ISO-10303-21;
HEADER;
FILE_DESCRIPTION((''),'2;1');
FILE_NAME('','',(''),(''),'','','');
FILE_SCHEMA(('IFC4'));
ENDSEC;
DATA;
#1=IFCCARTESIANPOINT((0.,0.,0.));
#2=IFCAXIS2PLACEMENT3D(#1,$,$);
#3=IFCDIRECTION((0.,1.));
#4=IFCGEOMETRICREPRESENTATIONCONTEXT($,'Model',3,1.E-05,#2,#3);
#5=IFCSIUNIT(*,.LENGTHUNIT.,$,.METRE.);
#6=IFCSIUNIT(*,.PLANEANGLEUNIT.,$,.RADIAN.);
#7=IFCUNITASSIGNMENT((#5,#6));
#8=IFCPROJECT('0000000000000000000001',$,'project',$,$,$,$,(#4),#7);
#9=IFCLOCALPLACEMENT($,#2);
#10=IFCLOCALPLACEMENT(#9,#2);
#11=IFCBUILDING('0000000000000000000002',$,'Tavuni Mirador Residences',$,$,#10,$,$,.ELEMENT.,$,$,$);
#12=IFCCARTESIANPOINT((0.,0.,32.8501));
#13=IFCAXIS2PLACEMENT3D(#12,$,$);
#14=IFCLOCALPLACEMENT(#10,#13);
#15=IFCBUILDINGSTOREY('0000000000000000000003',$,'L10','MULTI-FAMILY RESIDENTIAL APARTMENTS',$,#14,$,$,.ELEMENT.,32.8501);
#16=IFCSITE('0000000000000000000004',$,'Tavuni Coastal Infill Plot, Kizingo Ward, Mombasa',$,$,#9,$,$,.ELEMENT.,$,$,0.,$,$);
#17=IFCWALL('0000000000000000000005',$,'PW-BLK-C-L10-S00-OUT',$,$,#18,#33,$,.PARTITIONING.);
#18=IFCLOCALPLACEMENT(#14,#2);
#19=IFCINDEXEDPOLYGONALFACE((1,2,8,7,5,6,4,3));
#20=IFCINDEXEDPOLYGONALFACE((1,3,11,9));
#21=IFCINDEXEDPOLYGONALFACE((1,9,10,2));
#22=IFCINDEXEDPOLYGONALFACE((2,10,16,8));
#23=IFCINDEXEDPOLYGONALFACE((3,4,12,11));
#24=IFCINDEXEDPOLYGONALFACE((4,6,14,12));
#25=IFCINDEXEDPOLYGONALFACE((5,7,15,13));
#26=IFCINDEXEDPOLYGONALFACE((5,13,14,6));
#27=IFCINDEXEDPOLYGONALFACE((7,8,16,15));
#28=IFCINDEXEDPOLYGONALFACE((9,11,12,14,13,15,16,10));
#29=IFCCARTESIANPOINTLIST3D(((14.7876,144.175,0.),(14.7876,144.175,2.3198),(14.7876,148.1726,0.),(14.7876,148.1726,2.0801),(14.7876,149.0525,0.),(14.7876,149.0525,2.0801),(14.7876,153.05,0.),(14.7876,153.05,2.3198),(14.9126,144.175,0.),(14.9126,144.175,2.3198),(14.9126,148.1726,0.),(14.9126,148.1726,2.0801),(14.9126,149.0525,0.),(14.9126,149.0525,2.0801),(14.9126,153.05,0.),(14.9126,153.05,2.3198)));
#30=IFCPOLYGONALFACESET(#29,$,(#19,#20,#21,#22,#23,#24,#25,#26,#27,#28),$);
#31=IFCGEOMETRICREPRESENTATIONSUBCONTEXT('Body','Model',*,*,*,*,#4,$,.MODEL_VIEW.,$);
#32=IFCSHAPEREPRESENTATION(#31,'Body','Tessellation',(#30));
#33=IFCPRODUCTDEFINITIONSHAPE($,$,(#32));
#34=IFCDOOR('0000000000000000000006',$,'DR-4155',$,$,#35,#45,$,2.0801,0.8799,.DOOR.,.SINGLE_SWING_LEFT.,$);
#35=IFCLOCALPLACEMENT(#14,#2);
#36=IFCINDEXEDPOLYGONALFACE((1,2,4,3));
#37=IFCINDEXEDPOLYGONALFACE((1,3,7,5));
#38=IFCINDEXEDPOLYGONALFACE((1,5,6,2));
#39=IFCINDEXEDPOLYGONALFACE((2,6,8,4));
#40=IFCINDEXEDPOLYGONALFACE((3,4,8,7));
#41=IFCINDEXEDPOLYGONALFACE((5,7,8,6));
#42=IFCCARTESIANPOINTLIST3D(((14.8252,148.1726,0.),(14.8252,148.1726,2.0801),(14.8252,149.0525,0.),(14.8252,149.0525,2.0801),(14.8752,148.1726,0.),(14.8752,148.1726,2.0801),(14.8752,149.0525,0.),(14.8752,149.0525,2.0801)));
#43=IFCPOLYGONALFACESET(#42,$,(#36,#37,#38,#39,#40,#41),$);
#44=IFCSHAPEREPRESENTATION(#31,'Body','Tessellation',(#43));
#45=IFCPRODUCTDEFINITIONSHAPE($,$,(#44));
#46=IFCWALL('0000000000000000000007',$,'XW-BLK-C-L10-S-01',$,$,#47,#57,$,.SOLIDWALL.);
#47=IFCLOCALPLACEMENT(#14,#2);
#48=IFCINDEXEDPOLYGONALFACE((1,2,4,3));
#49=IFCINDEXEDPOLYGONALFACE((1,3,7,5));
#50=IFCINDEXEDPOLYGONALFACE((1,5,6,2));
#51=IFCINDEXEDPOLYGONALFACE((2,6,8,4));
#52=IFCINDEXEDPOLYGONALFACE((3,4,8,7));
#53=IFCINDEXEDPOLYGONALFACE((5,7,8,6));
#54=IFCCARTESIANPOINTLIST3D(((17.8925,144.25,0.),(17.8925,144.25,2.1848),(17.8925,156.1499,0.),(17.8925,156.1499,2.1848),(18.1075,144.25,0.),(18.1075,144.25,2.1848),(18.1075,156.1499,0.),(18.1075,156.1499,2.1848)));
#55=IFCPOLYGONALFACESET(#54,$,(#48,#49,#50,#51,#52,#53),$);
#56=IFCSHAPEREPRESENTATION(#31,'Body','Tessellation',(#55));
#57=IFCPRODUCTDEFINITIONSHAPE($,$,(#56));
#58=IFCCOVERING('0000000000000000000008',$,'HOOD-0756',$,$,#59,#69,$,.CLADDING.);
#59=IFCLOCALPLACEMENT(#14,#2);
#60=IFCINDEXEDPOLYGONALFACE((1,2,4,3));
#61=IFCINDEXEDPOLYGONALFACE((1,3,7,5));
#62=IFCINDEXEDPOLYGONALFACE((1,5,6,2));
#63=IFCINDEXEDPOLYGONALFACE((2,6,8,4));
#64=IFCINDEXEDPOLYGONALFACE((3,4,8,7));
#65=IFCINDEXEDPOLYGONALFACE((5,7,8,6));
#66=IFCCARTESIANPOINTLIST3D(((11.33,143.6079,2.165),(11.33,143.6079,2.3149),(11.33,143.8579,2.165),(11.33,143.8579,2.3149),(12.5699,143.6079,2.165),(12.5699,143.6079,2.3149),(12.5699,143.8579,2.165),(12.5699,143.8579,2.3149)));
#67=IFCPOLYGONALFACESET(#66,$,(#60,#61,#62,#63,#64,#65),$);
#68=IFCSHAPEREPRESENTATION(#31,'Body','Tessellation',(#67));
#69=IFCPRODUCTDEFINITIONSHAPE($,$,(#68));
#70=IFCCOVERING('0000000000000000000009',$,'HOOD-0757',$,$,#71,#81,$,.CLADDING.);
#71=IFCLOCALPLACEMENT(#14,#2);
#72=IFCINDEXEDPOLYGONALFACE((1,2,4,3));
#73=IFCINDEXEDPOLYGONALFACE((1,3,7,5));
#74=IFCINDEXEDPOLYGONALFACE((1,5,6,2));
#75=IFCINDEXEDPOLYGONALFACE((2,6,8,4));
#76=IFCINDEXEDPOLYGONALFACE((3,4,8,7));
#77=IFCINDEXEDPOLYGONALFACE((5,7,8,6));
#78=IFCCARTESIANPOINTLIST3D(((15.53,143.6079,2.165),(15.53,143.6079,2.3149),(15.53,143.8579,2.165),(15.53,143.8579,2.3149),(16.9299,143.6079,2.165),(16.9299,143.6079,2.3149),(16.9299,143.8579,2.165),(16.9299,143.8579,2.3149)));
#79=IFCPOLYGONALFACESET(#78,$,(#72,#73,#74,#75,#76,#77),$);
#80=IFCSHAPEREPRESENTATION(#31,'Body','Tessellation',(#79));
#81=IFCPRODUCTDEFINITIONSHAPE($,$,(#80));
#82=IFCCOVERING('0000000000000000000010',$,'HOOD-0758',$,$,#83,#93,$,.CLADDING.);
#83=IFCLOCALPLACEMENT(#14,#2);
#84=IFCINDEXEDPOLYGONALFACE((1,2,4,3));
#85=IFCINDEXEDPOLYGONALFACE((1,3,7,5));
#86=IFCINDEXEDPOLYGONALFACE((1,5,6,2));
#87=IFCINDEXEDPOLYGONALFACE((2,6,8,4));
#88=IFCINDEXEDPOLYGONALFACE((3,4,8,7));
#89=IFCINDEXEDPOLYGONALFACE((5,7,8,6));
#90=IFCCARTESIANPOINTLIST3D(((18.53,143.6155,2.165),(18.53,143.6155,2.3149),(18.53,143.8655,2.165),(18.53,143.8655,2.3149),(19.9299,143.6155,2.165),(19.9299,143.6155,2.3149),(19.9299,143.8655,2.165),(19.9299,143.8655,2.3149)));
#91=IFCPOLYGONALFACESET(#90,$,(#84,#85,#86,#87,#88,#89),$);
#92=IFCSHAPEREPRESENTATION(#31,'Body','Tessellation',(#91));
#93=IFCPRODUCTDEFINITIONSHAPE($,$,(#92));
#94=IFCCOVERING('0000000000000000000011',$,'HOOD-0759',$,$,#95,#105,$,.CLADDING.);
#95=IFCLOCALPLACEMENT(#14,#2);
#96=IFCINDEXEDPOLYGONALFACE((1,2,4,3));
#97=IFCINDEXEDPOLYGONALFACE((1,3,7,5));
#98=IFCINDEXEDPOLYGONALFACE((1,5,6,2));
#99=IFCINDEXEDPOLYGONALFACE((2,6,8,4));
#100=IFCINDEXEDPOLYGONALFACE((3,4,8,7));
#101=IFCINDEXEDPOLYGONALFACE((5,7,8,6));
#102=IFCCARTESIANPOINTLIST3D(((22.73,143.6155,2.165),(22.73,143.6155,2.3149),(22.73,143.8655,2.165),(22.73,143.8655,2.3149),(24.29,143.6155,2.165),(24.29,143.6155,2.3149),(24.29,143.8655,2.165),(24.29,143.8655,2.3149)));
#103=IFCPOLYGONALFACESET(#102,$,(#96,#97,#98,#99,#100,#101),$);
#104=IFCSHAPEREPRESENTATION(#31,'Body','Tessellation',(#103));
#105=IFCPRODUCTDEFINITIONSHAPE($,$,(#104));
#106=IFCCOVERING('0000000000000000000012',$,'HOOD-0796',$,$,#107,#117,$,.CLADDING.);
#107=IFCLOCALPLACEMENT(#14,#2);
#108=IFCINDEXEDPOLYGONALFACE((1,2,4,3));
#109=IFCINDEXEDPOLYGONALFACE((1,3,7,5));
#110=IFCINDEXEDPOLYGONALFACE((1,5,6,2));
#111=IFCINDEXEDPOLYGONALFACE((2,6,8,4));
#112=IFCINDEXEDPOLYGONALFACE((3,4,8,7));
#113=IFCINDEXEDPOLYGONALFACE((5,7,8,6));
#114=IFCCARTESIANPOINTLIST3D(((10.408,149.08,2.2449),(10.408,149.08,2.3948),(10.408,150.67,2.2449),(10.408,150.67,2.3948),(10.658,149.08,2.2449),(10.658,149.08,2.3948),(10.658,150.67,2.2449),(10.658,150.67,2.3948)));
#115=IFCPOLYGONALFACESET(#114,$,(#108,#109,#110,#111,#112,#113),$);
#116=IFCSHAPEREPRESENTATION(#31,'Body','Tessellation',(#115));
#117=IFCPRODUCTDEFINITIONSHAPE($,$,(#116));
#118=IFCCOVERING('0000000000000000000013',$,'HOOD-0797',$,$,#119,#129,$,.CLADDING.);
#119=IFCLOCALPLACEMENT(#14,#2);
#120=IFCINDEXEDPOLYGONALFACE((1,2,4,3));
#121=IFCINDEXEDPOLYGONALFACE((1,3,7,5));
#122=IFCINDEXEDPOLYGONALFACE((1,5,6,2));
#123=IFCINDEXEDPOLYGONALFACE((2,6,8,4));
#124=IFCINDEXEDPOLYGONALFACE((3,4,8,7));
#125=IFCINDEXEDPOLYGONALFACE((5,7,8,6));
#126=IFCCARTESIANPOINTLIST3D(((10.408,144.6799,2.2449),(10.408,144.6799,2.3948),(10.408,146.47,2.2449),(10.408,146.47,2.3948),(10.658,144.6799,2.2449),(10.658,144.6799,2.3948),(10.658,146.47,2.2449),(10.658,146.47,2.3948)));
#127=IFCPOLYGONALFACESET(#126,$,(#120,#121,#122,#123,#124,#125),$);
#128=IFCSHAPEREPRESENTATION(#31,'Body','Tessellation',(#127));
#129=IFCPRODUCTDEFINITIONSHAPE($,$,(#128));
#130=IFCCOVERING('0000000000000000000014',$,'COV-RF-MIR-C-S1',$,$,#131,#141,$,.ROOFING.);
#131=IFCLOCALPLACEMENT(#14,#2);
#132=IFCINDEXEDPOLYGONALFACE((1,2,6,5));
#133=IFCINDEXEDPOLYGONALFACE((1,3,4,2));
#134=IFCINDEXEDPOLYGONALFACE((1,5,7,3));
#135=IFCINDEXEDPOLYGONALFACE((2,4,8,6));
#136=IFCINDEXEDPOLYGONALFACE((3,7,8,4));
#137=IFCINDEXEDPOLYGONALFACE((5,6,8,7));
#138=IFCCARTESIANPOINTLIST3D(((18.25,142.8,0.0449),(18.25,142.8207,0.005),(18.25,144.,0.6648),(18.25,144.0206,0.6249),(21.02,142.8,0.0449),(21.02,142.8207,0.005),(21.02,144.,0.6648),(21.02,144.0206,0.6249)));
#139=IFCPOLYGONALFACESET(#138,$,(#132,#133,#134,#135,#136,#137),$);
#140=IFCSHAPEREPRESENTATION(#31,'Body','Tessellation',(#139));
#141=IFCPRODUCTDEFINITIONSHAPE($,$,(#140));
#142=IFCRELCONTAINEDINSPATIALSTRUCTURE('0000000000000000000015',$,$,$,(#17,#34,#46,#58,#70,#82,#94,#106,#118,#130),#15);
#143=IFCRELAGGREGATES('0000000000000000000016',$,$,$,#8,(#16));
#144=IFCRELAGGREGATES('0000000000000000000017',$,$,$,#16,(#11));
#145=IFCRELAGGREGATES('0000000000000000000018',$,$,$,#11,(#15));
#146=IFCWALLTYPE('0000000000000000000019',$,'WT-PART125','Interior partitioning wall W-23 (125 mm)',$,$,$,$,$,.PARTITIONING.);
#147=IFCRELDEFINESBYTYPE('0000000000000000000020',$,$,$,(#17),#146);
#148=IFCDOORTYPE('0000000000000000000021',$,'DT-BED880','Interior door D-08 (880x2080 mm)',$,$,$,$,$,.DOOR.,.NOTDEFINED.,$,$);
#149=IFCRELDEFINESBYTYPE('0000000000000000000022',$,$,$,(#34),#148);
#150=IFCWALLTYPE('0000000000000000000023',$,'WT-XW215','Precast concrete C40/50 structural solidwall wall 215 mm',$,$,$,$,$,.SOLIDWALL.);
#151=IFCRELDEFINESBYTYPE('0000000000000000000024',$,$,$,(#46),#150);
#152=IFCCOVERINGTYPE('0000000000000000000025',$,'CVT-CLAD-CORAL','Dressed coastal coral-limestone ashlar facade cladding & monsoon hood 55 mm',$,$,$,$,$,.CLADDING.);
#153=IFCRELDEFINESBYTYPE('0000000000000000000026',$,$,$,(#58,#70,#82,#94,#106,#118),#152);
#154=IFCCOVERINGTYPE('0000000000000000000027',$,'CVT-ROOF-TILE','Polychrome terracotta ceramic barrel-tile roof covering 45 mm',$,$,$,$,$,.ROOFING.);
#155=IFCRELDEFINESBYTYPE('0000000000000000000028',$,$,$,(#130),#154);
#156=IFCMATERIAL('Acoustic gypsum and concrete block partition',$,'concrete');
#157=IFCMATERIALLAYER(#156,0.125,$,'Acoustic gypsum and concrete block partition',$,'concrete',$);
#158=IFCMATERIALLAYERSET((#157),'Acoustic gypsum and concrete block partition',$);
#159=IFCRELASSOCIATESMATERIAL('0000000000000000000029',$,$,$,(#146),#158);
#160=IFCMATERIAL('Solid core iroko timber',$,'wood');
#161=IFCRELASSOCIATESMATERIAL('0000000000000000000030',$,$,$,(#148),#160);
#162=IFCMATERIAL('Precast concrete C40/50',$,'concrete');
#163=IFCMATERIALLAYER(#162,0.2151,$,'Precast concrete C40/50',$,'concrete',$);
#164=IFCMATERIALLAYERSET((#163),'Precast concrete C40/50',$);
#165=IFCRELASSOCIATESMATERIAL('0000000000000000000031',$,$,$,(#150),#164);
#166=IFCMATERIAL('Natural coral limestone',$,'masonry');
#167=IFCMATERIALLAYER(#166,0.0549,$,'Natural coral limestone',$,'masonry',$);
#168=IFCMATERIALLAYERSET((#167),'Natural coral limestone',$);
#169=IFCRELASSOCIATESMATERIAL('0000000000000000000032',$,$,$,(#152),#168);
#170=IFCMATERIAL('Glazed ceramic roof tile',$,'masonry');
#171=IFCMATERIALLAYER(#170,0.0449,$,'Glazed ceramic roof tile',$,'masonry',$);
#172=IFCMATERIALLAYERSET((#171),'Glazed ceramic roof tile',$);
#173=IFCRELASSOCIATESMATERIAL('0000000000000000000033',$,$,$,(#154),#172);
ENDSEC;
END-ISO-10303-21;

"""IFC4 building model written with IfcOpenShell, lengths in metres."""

from ifc_helpers import new_model, si_unit, direction, frame, frame_2d, origin, origin_2d, place, context, subcontext, project, spatial, polyline, rectangle, outline, extrude, material, layer, layer_set, type_object, element, fill, save


model = new_model("IFC4")

# Units and contexts
model_context = context("Model", 3, precision=1e-05, world=origin(), true_north=direction((0.0, 1.0)))
body_context = subcontext(model_context, "Body", "Model", "MODEL_VIEW")
ifc_project = project(units=[si_unit("LENGTHUNIT", "METRE"), si_unit("PLANEANGLEUNIT", "RADIAN")], contexts=[model_context])

# Site, building, storey
site_placement = place(None, origin())
site = spatial("IfcSite", under=ifc_project, at=site_placement, Name="Tavuni Coastal Infill Plot, Kizingo Ward, Mombasa", CompositionType="ELEMENT", RefElevation=0.0)
building_placement = place(site_placement, origin())
building = spatial("IfcBuilding", under=site, at=building_placement, Name="Tavuni Mirador Residences", CompositionType="ELEMENT")
storey_placement = place(building_placement, frame((0.0, 0.0, 32.8501)))
storey = spatial("IfcBuildingStorey", under=building, at=storey_placement, Name="L10", Description="MULTI-FAMILY RESIDENTIAL APARTMENTS", CompositionType="ELEMENT", Elevation=32.8501)

# Shared definitions
ifc_material_1 = material(Name="Precast concrete C40/50", Category="concrete")

# Wall, opening, door
ifc_material_2 = material(Name="Acoustic gypsum and concrete block partition", Category="concrete")
ifc_material_3 = material(Name="Solid core iroko timber", Category="wood")
ifc_layer_1 = layer(ifc_material_2, 0.125, Name="Acoustic gypsum and concrete block partition", Category="concrete")
ifc_layer_set_1 = layer_set([ifc_layer_1], Name="Acoustic gypsum and concrete block partition")
wall_type_1 = type_object("IfcWallType", Name="WT-PART125", Description="Interior partitioning wall W-23 (125 mm)", PredefinedType="PARTITIONING", material=ifc_layer_set_1)
wall_1_placement = place(storey_placement, frame((14.8501, 144.175, 0.0), z_axis=(0.0, 0.0, 1.0), x_axis=(0.0, 1.0, 0.0)))
wall_1 = element("IfcWall", 1, at=wall_1_placement, inside=storey, type_object=wall_type_1, Name="PW-BLK-C-L10-S00-OUT", PredefinedType="PARTITIONING", context=body_context, shape_type="SweptSolid", body=[
    extrude(rectangle(XDim=8.875, YDim=0.125, at=frame_2d((4.4375, 0.0))), origin(), (0.0, 0.0, 1.0), 2.3198),
])
opening_1_placement = place(wall_1_placement, frame((3.9976, 0.0, 0.0)))
opening_1 = element("IfcOpeningElement", 2, at=opening_1_placement, cuts=wall_1, PredefinedType="OPENING", context=body_context, shape_type="SweptSolid", body=[
    extrude(rectangle(XDim=0.8799, YDim=2.0801, at=frame_2d((0.4399, 1.04))), frame((0.0, 0.0725, 0.0), z_axis=(0.0, -1.0, 0.0), x_axis=(1.0, 0.0, 0.0)), (0.0, 0.0, 1.0), 0.145),
])
door_type_1 = type_object("IfcDoorType", Name="DT-BED880", Description="Interior door D-08 (880x2080 mm)", OperationType="NOTDEFINED", PredefinedType="DOOR", material=ifc_material_3)
door_1_placement = place(opening_1_placement, origin())
door_1 = element("IfcDoor", 3, at=door_1_placement, inside=storey, type_object=door_type_1, Name="DR-4155", OperationType="SINGLE_SWING_LEFT", OverallHeight=2.0801, OverallWidth=0.8799, PredefinedType="DOOR", context=body_context, shape_type="SweptSolid", body=[
    extrude(rectangle(XDim=0.8799, YDim=2.0801, at=frame_2d((0.4399, 1.04))), frame((0.0, 0.0249, 0.0), z_axis=(0.0, -1.0, 0.0), x_axis=(1.0, 0.0, 0.0)), (0.0, 0.0, 1.0), 0.05),
])
fill(opening_1, door_1)

# Wall
ifc_layer_2 = layer(ifc_material_1, 0.2151, Name="Precast concrete C40/50", Category="concrete")
ifc_layer_set_2 = layer_set([ifc_layer_2], Name="Precast concrete C40/50")
wall_type_2 = type_object("IfcWallType", Name="WT-XW215", Description="Precast concrete C40/50 structural solidwall wall 215 mm", PredefinedType="SOLIDWALL", material=ifc_layer_set_2)
wall_2_placement = place(storey_placement, frame((18.0, 144.25, 0.0), z_axis=(0.0, 0.0, 1.0), x_axis=(0.0, 1.0, 0.0)))
element("IfcWall", 4, at=wall_2_placement, inside=storey, type_object=wall_type_2, Name="XW-BLK-C-L10-S-01", PredefinedType="SOLIDWALL", context=body_context, shape_type="SweptSolid", body=[
    extrude(rectangle(XDim=11.8999, YDim=0.2151, at=frame_2d((5.95, 0.0))), origin(), (0.0, 0.0, 1.0), 2.1848),
])

# Coverings
ifc_material_4 = material(Name="Natural coral limestone", Category="masonry")
ifc_layer_3 = layer(ifc_material_4, 0.0549, Name="Natural coral limestone", Category="masonry")
ifc_layer_set_3 = layer_set([ifc_layer_3], Name="Natural coral limestone")
covering_type_1 = type_object("IfcCoveringType", Name="CVT-CLAD-CORAL", Description="Dressed coastal coral-limestone ashlar facade cladding & monsoon hood 55 mm", PredefinedType="CLADDING", material=ifc_layer_set_3)
covering_1_placement = place(storey_placement, frame((11.95, 143.7329, 2.165), z_axis=(0.0, 0.0, 1.0), x_axis=(1.0, 0.0, 0.0)))
element("IfcCovering", 5, at=covering_1_placement, inside=storey, type_object=covering_type_1, Name="HOOD-0756", PredefinedType="CLADDING", context=body_context, shape_type="SweptSolid", body=[
    extrude(rectangle(XDim=1.24, YDim=0.25, at=origin_2d()), origin(), (0.0, 0.0, 1.0), 0.1499),
])
for number, where, z_axis, x_axis, name in (
    (6, (16.23, 143.7329, 2.165), (0.0, 0.0, 1.0), (1.0, 0.0, 0.0), "HOOD-0757"),
    (7, (19.23, 143.7405, 2.165), (0.0, 0.0, 1.0), (1.0, 0.0, 0.0), "HOOD-0758"),
):
    element("IfcCovering", number, at=place(storey_placement, frame(where, z_axis=z_axis, x_axis=x_axis)), inside=storey, type_object=covering_type_1, Name=name, PredefinedType="CLADDING", context=body_context, shape_type="SweptSolid", body=[
        extrude(rectangle(XDim=1.3999, YDim=0.25, at=origin_2d()), origin(), (0.0, 0.0, 1.0), 0.1499),
    ])
covering_2_placement = place(storey_placement, frame((23.51, 143.7405, 2.165), z_axis=(0.0, 0.0, 1.0), x_axis=(1.0, 0.0, 0.0)))
element("IfcCovering", 8, at=covering_2_placement, inside=storey, type_object=covering_type_1, Name="HOOD-0759", PredefinedType="CLADDING", context=body_context, shape_type="SweptSolid", body=[
    extrude(rectangle(XDim=1.5601, YDim=0.25, at=origin_2d()), origin(), (0.0, 0.0, 1.0), 0.1499),
])
covering_3_placement = place(storey_placement, frame((10.533, 149.875, 2.2449), z_axis=(0.0, 0.0, 1.0), x_axis=(0.0, -1.0, 0.0)))
element("IfcCovering", 9, at=covering_3_placement, inside=storey, type_object=covering_type_1, Name="HOOD-0796", PredefinedType="CLADDING", context=body_context, shape_type="SweptSolid", body=[
    extrude(rectangle(XDim=1.5901, YDim=0.25, at=origin_2d()), origin(), (0.0, 0.0, 1.0), 0.1499),
])
covering_4_placement = place(storey_placement, frame((10.533, 145.575, 2.2449), z_axis=(0.0, 0.0, 1.0), x_axis=(0.0, -1.0, 0.0)))
element("IfcCovering", 10, at=covering_4_placement, inside=storey, type_object=covering_type_1, Name="HOOD-0797", PredefinedType="CLADDING", context=body_context, shape_type="SweptSolid", body=[
    extrude(rectangle(XDim=1.79, YDim=0.25, at=origin_2d()), origin(), (0.0, 0.0, 1.0), 0.1499),
])
ifc_material_5 = material(Name="Glazed ceramic roof tile", Category="masonry")
ifc_layer_4 = layer(ifc_material_5, 0.0449, Name="Glazed ceramic roof tile", Category="masonry")
ifc_layer_set_4 = layer_set([ifc_layer_4], Name="Glazed ceramic roof tile")
covering_type_2 = type_object("IfcCoveringType", Name="CVT-ROOF-TILE", Description="Polychrome terracotta ceramic barrel-tile roof covering 45 mm", PredefinedType="ROOFING", material=ifc_layer_set_4)
covering_5_placement = place(storey_placement, frame((18.25, 144.0, 0.6648), z_axis=(0.0, -0.458961, 0.888457), x_axis=(1.0, 0.0, 0.0)))
element("IfcCovering", 11, at=covering_5_placement, inside=storey, type_object=covering_type_2, Name="COV-RF-MIR-C-S1", PredefinedType="ROOFING", context=body_context, shape_type="SweptSolid", body=[
    extrude(outline(polyline([(0.0, 0.0), (2.77, 0.0), (2.77, -1.3506), (0.0, -1.3506), (0.0, 0.0)])), origin(), (0.0, 0.0, -1.0), 0.0449),
])

save(model, "model.ifc")
